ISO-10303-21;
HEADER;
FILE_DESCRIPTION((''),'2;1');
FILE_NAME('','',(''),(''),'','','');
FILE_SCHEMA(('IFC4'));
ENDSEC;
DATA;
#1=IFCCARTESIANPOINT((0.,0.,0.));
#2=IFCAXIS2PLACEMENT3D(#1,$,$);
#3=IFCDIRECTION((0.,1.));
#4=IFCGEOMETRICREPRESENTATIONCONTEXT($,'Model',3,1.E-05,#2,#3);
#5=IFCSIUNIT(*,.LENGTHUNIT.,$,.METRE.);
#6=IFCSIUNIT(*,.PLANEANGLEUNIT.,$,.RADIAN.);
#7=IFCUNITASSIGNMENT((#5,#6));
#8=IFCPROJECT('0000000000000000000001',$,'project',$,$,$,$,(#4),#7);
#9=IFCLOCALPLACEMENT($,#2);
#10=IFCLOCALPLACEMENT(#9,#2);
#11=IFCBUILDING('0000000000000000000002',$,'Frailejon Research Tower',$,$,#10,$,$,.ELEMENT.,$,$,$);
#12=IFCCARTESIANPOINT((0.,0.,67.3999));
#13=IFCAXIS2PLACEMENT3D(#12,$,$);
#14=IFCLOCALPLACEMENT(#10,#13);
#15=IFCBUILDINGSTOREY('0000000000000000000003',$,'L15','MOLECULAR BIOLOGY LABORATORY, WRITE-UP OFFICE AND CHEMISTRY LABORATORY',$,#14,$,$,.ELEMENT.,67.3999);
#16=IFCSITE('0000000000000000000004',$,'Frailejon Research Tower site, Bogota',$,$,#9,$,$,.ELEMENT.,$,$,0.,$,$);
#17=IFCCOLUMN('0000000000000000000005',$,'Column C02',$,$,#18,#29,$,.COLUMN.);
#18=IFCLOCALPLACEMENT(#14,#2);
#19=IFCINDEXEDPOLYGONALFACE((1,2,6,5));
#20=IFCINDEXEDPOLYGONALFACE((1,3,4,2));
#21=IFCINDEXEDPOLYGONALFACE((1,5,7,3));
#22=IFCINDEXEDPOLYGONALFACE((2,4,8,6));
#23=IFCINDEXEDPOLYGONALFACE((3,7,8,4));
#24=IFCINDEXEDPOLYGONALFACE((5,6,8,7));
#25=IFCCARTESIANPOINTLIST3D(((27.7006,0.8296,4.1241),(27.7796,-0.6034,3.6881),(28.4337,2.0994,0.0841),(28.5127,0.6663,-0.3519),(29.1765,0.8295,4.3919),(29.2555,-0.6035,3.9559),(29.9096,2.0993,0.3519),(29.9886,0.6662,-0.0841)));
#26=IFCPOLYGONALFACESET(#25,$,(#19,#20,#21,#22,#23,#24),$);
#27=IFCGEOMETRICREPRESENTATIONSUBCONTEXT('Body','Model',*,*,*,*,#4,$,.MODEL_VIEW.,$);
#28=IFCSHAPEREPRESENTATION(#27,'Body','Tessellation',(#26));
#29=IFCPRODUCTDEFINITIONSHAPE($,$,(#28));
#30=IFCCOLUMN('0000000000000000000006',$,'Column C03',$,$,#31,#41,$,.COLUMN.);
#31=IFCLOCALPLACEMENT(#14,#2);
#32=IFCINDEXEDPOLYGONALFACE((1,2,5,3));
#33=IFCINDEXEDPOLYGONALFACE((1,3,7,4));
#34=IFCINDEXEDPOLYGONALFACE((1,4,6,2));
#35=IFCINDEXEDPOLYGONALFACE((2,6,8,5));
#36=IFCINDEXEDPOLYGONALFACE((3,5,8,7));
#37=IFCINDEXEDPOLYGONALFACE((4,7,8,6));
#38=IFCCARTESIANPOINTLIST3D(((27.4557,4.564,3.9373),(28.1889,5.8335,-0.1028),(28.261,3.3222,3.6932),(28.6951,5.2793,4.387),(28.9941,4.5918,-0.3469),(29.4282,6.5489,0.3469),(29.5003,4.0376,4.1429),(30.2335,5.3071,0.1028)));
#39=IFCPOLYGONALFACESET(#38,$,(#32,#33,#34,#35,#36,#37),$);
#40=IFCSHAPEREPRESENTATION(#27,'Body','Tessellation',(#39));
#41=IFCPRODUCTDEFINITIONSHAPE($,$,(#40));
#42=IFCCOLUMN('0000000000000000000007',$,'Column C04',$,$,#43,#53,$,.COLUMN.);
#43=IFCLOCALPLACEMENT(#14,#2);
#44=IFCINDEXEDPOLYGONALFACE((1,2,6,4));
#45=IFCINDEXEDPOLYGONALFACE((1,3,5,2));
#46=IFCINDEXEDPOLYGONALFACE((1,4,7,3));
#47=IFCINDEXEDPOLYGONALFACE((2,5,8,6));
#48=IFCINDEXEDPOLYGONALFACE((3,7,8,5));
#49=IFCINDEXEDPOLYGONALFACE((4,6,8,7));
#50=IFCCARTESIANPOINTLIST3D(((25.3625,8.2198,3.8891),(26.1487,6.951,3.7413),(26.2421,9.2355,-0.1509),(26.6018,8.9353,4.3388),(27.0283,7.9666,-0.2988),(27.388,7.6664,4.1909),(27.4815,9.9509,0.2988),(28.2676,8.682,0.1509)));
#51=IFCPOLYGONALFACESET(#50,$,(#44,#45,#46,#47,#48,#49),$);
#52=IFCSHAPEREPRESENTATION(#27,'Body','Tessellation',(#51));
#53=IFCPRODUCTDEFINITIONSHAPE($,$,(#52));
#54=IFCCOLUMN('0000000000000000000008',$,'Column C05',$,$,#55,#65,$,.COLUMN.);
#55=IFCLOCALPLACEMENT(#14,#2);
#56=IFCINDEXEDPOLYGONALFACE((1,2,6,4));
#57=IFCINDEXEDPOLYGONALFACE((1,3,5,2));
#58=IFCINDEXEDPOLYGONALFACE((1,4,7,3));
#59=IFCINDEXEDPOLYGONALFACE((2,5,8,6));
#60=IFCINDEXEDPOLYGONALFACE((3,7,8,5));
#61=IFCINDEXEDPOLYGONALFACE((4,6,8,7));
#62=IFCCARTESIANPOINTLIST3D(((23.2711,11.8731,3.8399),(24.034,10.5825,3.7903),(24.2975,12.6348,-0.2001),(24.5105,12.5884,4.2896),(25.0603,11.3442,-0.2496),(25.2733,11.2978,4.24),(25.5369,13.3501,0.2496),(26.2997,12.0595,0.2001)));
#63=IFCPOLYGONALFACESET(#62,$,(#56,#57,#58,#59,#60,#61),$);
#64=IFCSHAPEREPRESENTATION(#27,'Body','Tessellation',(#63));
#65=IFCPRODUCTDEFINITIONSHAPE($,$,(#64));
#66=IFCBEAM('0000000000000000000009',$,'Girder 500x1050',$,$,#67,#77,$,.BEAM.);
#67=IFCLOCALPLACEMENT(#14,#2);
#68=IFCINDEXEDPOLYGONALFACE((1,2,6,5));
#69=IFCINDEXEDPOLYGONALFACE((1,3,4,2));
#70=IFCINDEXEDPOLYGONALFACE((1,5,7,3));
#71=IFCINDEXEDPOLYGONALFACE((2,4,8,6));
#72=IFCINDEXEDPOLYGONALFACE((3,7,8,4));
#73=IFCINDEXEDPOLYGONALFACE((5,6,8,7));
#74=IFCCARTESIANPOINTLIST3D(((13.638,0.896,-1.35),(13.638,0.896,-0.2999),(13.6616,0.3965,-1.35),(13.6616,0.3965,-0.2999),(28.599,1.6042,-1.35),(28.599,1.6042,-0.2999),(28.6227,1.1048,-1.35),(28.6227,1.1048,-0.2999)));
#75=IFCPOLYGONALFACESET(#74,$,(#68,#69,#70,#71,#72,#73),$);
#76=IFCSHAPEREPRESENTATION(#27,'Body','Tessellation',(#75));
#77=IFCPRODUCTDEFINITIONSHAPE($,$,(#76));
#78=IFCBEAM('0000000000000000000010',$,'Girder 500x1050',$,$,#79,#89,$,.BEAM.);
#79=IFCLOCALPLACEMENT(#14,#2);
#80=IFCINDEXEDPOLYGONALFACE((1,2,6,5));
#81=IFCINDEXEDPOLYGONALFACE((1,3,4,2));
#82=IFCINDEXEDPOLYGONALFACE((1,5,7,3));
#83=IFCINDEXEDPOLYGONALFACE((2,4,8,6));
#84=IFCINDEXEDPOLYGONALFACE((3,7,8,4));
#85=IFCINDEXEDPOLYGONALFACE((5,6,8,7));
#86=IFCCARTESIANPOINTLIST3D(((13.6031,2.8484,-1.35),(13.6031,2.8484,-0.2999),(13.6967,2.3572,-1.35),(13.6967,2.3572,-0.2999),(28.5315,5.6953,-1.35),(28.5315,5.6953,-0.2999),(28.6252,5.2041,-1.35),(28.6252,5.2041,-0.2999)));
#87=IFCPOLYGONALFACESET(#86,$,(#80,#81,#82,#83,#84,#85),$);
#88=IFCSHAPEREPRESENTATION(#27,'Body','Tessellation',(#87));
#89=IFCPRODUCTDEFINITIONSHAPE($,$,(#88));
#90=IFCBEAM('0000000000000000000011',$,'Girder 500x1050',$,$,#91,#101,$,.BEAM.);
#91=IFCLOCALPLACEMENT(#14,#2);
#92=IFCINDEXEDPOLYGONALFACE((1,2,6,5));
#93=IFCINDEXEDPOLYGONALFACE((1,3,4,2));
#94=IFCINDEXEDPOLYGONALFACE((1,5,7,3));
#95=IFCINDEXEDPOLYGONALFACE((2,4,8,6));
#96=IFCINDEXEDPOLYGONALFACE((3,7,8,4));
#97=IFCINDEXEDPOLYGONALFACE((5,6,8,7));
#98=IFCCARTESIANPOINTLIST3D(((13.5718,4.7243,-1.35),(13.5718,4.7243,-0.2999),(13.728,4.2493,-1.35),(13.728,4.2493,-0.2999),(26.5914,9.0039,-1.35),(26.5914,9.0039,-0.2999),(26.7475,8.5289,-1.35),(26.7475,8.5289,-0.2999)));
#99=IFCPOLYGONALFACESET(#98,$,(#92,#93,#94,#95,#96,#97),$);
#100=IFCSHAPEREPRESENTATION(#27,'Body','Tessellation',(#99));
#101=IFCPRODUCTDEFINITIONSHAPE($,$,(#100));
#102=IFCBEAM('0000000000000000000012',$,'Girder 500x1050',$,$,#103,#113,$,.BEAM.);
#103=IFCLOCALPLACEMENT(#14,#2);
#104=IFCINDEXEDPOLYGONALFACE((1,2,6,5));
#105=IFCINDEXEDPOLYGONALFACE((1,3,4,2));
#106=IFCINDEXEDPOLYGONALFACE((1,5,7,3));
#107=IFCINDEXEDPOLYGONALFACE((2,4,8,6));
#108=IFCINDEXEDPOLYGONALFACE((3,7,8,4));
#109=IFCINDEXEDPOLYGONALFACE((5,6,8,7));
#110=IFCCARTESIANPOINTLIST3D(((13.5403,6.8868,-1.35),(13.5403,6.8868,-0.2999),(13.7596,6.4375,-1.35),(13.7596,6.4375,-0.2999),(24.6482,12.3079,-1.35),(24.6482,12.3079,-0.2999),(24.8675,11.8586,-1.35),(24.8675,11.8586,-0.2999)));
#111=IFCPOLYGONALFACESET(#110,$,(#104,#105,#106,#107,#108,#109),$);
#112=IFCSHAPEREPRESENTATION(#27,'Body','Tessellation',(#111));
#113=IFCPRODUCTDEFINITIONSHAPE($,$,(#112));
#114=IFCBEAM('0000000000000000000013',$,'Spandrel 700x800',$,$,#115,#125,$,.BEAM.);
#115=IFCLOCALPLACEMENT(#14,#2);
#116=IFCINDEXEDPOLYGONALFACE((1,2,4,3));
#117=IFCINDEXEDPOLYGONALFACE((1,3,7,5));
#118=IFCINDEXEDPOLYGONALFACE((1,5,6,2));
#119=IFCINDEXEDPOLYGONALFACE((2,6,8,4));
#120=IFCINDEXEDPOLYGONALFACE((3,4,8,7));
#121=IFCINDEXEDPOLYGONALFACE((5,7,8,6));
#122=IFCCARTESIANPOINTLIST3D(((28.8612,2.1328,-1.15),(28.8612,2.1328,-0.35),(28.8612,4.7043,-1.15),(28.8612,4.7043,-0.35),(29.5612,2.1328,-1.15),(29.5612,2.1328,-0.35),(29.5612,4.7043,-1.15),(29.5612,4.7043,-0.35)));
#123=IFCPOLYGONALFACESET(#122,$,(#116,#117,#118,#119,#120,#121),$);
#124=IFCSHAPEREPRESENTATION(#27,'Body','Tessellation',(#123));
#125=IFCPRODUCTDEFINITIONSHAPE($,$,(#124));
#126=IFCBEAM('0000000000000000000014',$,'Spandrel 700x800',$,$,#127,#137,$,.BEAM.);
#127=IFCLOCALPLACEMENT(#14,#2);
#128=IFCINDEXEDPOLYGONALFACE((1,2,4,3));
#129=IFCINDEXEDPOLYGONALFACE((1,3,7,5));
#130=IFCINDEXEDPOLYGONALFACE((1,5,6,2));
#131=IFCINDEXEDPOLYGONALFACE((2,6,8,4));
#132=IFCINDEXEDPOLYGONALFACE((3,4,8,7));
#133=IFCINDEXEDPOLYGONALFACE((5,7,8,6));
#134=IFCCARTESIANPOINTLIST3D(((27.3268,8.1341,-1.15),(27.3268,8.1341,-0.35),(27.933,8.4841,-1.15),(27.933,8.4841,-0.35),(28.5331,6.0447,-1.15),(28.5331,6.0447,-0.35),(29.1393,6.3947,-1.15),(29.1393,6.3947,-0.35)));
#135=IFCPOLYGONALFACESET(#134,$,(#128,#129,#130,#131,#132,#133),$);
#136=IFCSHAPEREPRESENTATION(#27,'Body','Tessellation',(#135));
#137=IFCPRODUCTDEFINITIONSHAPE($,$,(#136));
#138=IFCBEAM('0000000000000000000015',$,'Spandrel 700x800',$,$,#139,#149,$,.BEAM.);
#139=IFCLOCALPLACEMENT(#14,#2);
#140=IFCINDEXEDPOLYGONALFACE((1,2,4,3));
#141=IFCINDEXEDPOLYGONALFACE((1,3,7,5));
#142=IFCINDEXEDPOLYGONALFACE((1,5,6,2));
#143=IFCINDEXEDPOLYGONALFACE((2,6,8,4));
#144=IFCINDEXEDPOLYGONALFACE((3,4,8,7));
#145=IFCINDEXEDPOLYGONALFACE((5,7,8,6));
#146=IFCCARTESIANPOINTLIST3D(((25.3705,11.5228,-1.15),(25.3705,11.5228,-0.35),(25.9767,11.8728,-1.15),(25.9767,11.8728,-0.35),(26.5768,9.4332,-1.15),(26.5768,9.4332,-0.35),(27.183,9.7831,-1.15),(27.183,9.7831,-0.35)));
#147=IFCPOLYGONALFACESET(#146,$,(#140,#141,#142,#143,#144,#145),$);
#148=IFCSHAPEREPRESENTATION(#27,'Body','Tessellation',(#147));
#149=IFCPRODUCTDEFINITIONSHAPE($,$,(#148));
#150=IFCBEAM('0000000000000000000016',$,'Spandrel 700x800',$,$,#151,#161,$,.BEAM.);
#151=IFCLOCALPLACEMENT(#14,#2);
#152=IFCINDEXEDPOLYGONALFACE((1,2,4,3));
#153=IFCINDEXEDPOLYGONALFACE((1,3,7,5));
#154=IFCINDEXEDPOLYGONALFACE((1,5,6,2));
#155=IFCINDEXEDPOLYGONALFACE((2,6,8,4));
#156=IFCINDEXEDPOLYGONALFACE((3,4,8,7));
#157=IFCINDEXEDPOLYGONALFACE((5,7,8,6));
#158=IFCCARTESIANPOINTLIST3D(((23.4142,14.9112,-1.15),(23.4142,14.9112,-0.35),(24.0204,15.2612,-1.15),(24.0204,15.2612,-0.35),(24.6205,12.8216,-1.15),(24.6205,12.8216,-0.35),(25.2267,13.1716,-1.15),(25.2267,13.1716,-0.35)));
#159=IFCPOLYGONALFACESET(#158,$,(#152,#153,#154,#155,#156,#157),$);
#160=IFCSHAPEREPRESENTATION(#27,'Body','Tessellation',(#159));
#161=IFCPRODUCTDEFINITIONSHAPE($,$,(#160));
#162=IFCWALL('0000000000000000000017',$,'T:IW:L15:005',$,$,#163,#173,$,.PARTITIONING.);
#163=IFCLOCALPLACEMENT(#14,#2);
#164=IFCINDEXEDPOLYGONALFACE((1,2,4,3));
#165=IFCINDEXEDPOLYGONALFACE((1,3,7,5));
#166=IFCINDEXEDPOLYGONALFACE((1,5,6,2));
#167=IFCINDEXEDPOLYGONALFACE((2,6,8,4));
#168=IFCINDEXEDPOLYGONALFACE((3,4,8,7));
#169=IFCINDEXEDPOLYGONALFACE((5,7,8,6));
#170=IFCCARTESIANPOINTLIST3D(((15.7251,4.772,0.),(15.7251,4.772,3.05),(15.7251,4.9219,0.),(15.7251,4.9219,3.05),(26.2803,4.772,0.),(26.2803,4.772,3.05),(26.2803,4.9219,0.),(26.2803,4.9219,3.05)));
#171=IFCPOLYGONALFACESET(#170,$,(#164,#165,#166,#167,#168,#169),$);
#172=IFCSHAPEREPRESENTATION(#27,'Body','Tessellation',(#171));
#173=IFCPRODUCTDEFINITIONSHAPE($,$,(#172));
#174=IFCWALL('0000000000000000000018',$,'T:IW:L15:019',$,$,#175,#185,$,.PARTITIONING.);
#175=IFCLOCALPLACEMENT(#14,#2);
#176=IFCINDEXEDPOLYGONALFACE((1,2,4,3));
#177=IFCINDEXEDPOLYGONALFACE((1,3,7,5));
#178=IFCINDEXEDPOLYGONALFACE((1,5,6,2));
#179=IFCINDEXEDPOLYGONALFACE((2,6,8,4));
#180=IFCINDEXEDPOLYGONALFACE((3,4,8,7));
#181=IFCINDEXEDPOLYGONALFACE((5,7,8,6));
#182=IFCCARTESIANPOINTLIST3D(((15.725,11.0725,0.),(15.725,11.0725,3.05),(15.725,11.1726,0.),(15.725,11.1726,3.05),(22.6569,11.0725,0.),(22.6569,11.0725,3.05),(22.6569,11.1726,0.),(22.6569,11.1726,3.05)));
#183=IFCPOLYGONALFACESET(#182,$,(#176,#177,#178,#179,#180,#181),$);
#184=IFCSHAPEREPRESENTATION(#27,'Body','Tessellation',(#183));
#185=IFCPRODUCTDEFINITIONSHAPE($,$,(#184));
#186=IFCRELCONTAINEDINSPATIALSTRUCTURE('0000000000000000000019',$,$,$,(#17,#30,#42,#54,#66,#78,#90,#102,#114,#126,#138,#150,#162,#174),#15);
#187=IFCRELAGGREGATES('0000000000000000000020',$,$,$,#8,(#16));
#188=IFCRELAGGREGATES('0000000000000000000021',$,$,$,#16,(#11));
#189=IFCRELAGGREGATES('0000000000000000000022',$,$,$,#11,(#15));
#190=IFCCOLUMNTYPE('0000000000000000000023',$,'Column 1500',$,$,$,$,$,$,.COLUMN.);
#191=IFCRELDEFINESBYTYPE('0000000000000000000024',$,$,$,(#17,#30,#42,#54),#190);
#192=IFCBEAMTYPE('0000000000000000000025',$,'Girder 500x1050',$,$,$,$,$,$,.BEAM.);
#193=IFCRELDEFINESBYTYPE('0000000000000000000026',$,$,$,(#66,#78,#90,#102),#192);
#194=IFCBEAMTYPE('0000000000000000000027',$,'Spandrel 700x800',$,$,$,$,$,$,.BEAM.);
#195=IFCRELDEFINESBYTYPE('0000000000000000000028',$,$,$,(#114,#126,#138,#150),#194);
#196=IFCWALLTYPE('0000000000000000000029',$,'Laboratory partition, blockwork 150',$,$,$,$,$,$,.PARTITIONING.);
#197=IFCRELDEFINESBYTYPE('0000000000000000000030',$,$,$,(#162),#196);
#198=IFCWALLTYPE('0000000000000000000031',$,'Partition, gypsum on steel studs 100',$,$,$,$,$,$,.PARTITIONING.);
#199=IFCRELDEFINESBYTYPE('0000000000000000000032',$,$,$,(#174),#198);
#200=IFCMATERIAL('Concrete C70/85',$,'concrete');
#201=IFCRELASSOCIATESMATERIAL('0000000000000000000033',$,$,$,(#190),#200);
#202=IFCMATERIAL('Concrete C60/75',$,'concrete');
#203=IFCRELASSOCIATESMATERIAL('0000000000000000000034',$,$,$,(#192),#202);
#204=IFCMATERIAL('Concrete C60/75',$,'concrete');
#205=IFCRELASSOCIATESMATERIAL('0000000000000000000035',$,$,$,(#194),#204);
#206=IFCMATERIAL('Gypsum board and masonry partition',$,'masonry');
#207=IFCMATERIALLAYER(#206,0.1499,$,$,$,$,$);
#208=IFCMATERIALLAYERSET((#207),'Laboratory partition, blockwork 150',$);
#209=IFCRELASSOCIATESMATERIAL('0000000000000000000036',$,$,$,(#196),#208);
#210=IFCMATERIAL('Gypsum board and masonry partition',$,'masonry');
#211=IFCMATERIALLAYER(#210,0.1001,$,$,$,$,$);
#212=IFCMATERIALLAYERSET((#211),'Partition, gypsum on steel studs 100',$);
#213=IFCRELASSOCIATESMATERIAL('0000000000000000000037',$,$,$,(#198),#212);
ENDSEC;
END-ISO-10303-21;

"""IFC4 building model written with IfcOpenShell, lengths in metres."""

from ifc_helpers import new_model, si_unit, direction, frame, frame_2d, origin, origin_2d, place, context, subcontext, project, spatial, rectangle, extrude, material, layer, layer_set, material_profile, profile_set, type_object, element, save


model = new_model("IFC4")

# Units and contexts
model_context = context("Model", 3, precision=1e-05, world=origin(), true_north=direction((0.0, 1.0)))
body_context = subcontext(model_context, "Body", "Model", "MODEL_VIEW")
ifc_project = project(units=[si_unit("LENGTHUNIT", "METRE"), si_unit("PLANEANGLEUNIT", "RADIAN")], contexts=[model_context])

# Site, building, storey
site_placement = place(None, origin())
site = spatial("IfcSite", under=ifc_project, at=site_placement, Name="Frailejon Research Tower site, Bogota", CompositionType="ELEMENT", RefElevation=0.0)
building_placement = place(site_placement, origin())
building = spatial("IfcBuilding", under=site, at=building_placement, Name="Frailejon Research Tower", CompositionType="ELEMENT")
storey_placement = place(building_placement, frame((0.0, 0.0, 67.3999)))
storey = spatial("IfcBuildingStorey", under=building, at=storey_placement, Name="L15", Description="MOLECULAR BIOLOGY LABORATORY, WRITE-UP OFFICE AND CHEMISTRY LABORATORY", CompositionType="ELEMENT", Elevation=67.3999)

# Columns
ifc_material_1 = material(Name="Concrete C70/85", Category="concrete")
ifc_material_profile_1 = material_profile(ifc_material_1, rectangle(XDim=1.5, YDim=1.5, at=origin_2d()), Name="Column 1500")
ifc_profile_set_1 = profile_set([ifc_material_profile_1], Name="Concrete C70/85")
column_type = type_object("IfcColumnType", Name="Column 1500", PredefinedType="COLUMN", material=ifc_profile_set_1)
for number, where, z_axis, x_axis, name in (
    (1, (29.2112, 1.3828, 0.0), (-0.170585, -0.295442, 0.940008), (-0.052685, 0.955361, 0.290707), "Column C02"),
    (2, (29.2112, 5.5703, 0.0), (-0.170588, -0.295391, 0.940023), (-0.536862, 0.827831, 0.16271), "Column C03"),
):
    element("IfcColumn", number, at=place(storey_placement, frame(where, z_axis=z_axis, x_axis=x_axis)), inside=storey, type_object=column_type, Name=name, PredefinedType="COLUMN", context=body_context, shape_type="SweptSolid", body=[
        extrude(rectangle(XDim=1.5, YDim=1.5, at=origin_2d()), origin(), (0.0, 0.0, 1.0), 4.2979),
    ])
column_1_placement = place(storey_placement, frame((27.2549, 8.9587, 0.0), z_axis=(-0.206604, -0.238544, 0.9489), x_axis=(-0.524107, 0.845932, 0.098545)))
element("IfcColumn", 3, at=column_1_placement, inside=storey, type_object=column_type, Name="Column C04", PredefinedType="COLUMN", context=body_context, shape_type="SweptSolid", body=[
    extrude(rectangle(XDim=1.5, YDim=1.5, at=origin_2d()), origin(), (0.0, 0.0, 1.0), 4.2576),
])
column_2_placement = place(storey_placement, frame((25.2986, 12.3472, 0.0), z_axis=(-0.242216, -0.179761, 0.953424), x_axis=(-0.508553, 0.860397, 0.033024)))
element("IfcColumn", 4, at=column_2_placement, inside=storey, type_object=column_type, Name="Column C05", PredefinedType="COLUMN", context=body_context, shape_type="SweptSolid", body=[
    extrude(rectangle(XDim=1.5, YDim=1.5, at=origin_2d()), origin(), (0.0, 0.0, 1.0), 4.2373),
])

# Beams
ifc_material_2 = material(Name="Concrete C60/75", Category="concrete")
ifc_material_profile_2 = material_profile(ifc_material_2, rectangle(XDim=0.5, YDim=1.05, at=origin_2d()), Name="Girder 500x1050")
ifc_profile_set_2 = profile_set([ifc_material_profile_2], Name="Concrete C60/75")
beam_type_1 = type_object("IfcBeamType", Name="Girder 500x1050", PredefinedType="BEAM", material=ifc_profile_set_2)
beam_1_placement = place(storey_placement, frame((28.6108, 1.3545, -0.825), z_axis=(-0.998881, -0.047287, 0.0), x_axis=(0.047287, -0.998881, 0.0)))
element("IfcBeam", 5, at=beam_1_placement, inside=storey, type_object=beam_type_1, Name="Girder 500x1050", PredefinedType="BEAM", context=body_context, shape_type="SweptSolid", body=[
    extrude(rectangle(XDim=0.5, YDim=1.05, at=origin_2d()), origin(), (0.0, 0.0, 1.0), 14.9778),
])
beam_2_placement = place(storey_placement, frame((28.5784, 5.4497, -0.825), z_axis=(-0.982297, -0.187328, 0.0), x_axis=(0.187328, -0.982297, 0.0)))
element("IfcBeam", 6, at=beam_2_placement, inside=storey, type_object=beam_type_1, Name="Girder 500x1050", PredefinedType="BEAM", context=body_context, shape_type="SweptSolid", body=[
    extrude(rectangle(XDim=0.5, YDim=1.05, at=origin_2d()), origin(), (0.0, 0.0, 1.0), 15.1975),
])
beam_3_placement = place(storey_placement, frame((26.6694, 8.7664, -0.825), z_axis=(-0.949995, -0.312265, 0.0), x_axis=(0.312265, -0.949995, 0.0)))
element("IfcBeam", 7, at=beam_3_placement, inside=storey, type_object=beam_type_1, Name="Girder 500x1050", PredefinedType="BEAM", context=body_context, shape_type="SweptSolid", body=[
    extrude(rectangle(XDim=0.5, YDim=1.05, at=origin_2d()), origin(), (0.0, 0.0, 1.0), 13.7048),
])
beam_4_placement = place(storey_placement, frame((24.7578, 12.0833, -0.825), z_axis=(-0.898684, -0.438597, 0.0), x_axis=(0.438597, -0.898684, 0.0)))
element("IfcBeam", 8, at=beam_4_placement, inside=storey, type_object=beam_type_1, Name="Girder 500x1050", PredefinedType="BEAM", context=body_context, shape_type="SweptSolid", body=[
    extrude(rectangle(XDim=0.5, YDim=1.05, at=origin_2d()), origin(), (0.0, 0.0, 1.0), 12.3601),
])
ifc_material_3 = material(Name="Concrete C60/75", Category="concrete")
ifc_material_profile_3 = material_profile(ifc_material_3, rectangle(XDim=0.7, YDim=0.8, at=origin_2d()), Name="Spandrel 700x800")
ifc_profile_set_3 = profile_set([ifc_material_profile_3], Name="Concrete C60/75")
beam_type_2 = type_object("IfcBeamType", Name="Spandrel 700x800", PredefinedType="BEAM", material=ifc_profile_set_3)
beam_5_placement = place(storey_placement, frame((29.2112, 2.1328, -0.75), z_axis=(0.0, 1.0, 0.0), x_axis=(-1.0, 0.0, 0.0)))
element("IfcBeam", 9, at=beam_5_placement, inside=storey, type_object=beam_type_2, Name="Spandrel 700x800", PredefinedType="BEAM", context=body_context, shape_type="SweptSolid", body=[
    extrude(rectangle(XDim=0.7, YDim=0.8, at=origin_2d()), origin(), (0.0, 0.0, 1.0), 2.5715),
])
beam_6_placement = place(storey_placement, frame((28.8362, 6.2197, -0.75), z_axis=(-0.500003, 0.866024, 0.0), x_axis=(-0.866024, -0.500003, 0.0)))
element("IfcBeam", 10, at=beam_6_placement, inside=storey, type_object=beam_type_2, Name="Spandrel 700x800", PredefinedType="BEAM", context=body_context, shape_type="SweptSolid", body=[
    extrude(rectangle(XDim=0.7, YDim=0.8, at=origin_2d()), origin(), (0.0, 0.0, 1.0), 2.4126),
])
for number, where, z_axis, x_axis, name in (
    (11, (26.8799, 9.6082, -0.75), (-0.499959, 0.866049, 0.0), (-0.866049, -0.499959, 0.0), "Spandrel 700x800"),
    (12, (24.9236, 12.9966, -0.75), (-0.499959, 0.866049, 0.0), (-0.866049, -0.499959, 0.0), "Spandrel 700x800"),
):
    element("IfcBeam", number, at=place(storey_placement, frame(where, z_axis=z_axis, x_axis=x_axis)), inside=storey, type_object=beam_type_2, Name=name, PredefinedType="BEAM", context=body_context, shape_type="SweptSolid", body=[
        extrude(rectangle(XDim=0.7, YDim=0.8, at=origin_2d()), origin(), (0.0, 0.0, 1.0), 2.4128),
    ])

# Walls
ifc_material_4 = material(Name="Gypsum board and masonry partition", Category="masonry")
ifc_layer_1 = layer(ifc_material_4, 0.1499)
ifc_layer_set_1 = layer_set([ifc_layer_1], Name="Laboratory partition, blockwork 150")
wall_type_1 = type_object("IfcWallType", Name="Laboratory partition, blockwork 150", PredefinedType="PARTITIONING", material=ifc_layer_set_1)
wall_1_placement = place(storey_placement, frame((15.7251, 4.8469, 0.0), z_axis=(0.0, 0.0, 1.0), x_axis=(1.0, 0.0, 0.0)))
element("IfcWall", 13, at=wall_1_placement, inside=storey, type_object=wall_type_1, Name="T:IW:L15:005", PredefinedType="PARTITIONING", context=body_context, shape_type="SweptSolid", body=[
    extrude(rectangle(XDim=10.5552, YDim=0.1499, at=frame_2d((5.2776, 0.0))), origin(), (0.0, 0.0, 1.0), 3.05),
])
ifc_material_5 = material(Name="Gypsum board and masonry partition", Category="masonry")
ifc_layer_2 = layer(ifc_material_5, 0.1001)
ifc_layer_set_2 = layer_set([ifc_layer_2], Name="Partition, gypsum on steel studs 100")
wall_type_2 = type_object("IfcWallType", Name="Partition, gypsum on steel studs 100", PredefinedType="PARTITIONING", material=ifc_layer_set_2)
wall_2_placement = place(storey_placement, frame((15.7251, 11.1226, 0.0), z_axis=(0.0, 0.0, 1.0), x_axis=(1.0, 0.0, 0.0)))
element("IfcWall", 14, at=wall_2_placement, inside=storey, type_object=wall_type_2, Name="T:IW:L15:019", PredefinedType="PARTITIONING", context=body_context, shape_type="SweptSolid", body=[
    extrude(rectangle(XDim=6.9319, YDim=0.1001, at=frame_2d((3.4658, 0.0))), origin(), (0.0, 0.0, 1.0), 3.05),
])

save(model, "model.ifc")
